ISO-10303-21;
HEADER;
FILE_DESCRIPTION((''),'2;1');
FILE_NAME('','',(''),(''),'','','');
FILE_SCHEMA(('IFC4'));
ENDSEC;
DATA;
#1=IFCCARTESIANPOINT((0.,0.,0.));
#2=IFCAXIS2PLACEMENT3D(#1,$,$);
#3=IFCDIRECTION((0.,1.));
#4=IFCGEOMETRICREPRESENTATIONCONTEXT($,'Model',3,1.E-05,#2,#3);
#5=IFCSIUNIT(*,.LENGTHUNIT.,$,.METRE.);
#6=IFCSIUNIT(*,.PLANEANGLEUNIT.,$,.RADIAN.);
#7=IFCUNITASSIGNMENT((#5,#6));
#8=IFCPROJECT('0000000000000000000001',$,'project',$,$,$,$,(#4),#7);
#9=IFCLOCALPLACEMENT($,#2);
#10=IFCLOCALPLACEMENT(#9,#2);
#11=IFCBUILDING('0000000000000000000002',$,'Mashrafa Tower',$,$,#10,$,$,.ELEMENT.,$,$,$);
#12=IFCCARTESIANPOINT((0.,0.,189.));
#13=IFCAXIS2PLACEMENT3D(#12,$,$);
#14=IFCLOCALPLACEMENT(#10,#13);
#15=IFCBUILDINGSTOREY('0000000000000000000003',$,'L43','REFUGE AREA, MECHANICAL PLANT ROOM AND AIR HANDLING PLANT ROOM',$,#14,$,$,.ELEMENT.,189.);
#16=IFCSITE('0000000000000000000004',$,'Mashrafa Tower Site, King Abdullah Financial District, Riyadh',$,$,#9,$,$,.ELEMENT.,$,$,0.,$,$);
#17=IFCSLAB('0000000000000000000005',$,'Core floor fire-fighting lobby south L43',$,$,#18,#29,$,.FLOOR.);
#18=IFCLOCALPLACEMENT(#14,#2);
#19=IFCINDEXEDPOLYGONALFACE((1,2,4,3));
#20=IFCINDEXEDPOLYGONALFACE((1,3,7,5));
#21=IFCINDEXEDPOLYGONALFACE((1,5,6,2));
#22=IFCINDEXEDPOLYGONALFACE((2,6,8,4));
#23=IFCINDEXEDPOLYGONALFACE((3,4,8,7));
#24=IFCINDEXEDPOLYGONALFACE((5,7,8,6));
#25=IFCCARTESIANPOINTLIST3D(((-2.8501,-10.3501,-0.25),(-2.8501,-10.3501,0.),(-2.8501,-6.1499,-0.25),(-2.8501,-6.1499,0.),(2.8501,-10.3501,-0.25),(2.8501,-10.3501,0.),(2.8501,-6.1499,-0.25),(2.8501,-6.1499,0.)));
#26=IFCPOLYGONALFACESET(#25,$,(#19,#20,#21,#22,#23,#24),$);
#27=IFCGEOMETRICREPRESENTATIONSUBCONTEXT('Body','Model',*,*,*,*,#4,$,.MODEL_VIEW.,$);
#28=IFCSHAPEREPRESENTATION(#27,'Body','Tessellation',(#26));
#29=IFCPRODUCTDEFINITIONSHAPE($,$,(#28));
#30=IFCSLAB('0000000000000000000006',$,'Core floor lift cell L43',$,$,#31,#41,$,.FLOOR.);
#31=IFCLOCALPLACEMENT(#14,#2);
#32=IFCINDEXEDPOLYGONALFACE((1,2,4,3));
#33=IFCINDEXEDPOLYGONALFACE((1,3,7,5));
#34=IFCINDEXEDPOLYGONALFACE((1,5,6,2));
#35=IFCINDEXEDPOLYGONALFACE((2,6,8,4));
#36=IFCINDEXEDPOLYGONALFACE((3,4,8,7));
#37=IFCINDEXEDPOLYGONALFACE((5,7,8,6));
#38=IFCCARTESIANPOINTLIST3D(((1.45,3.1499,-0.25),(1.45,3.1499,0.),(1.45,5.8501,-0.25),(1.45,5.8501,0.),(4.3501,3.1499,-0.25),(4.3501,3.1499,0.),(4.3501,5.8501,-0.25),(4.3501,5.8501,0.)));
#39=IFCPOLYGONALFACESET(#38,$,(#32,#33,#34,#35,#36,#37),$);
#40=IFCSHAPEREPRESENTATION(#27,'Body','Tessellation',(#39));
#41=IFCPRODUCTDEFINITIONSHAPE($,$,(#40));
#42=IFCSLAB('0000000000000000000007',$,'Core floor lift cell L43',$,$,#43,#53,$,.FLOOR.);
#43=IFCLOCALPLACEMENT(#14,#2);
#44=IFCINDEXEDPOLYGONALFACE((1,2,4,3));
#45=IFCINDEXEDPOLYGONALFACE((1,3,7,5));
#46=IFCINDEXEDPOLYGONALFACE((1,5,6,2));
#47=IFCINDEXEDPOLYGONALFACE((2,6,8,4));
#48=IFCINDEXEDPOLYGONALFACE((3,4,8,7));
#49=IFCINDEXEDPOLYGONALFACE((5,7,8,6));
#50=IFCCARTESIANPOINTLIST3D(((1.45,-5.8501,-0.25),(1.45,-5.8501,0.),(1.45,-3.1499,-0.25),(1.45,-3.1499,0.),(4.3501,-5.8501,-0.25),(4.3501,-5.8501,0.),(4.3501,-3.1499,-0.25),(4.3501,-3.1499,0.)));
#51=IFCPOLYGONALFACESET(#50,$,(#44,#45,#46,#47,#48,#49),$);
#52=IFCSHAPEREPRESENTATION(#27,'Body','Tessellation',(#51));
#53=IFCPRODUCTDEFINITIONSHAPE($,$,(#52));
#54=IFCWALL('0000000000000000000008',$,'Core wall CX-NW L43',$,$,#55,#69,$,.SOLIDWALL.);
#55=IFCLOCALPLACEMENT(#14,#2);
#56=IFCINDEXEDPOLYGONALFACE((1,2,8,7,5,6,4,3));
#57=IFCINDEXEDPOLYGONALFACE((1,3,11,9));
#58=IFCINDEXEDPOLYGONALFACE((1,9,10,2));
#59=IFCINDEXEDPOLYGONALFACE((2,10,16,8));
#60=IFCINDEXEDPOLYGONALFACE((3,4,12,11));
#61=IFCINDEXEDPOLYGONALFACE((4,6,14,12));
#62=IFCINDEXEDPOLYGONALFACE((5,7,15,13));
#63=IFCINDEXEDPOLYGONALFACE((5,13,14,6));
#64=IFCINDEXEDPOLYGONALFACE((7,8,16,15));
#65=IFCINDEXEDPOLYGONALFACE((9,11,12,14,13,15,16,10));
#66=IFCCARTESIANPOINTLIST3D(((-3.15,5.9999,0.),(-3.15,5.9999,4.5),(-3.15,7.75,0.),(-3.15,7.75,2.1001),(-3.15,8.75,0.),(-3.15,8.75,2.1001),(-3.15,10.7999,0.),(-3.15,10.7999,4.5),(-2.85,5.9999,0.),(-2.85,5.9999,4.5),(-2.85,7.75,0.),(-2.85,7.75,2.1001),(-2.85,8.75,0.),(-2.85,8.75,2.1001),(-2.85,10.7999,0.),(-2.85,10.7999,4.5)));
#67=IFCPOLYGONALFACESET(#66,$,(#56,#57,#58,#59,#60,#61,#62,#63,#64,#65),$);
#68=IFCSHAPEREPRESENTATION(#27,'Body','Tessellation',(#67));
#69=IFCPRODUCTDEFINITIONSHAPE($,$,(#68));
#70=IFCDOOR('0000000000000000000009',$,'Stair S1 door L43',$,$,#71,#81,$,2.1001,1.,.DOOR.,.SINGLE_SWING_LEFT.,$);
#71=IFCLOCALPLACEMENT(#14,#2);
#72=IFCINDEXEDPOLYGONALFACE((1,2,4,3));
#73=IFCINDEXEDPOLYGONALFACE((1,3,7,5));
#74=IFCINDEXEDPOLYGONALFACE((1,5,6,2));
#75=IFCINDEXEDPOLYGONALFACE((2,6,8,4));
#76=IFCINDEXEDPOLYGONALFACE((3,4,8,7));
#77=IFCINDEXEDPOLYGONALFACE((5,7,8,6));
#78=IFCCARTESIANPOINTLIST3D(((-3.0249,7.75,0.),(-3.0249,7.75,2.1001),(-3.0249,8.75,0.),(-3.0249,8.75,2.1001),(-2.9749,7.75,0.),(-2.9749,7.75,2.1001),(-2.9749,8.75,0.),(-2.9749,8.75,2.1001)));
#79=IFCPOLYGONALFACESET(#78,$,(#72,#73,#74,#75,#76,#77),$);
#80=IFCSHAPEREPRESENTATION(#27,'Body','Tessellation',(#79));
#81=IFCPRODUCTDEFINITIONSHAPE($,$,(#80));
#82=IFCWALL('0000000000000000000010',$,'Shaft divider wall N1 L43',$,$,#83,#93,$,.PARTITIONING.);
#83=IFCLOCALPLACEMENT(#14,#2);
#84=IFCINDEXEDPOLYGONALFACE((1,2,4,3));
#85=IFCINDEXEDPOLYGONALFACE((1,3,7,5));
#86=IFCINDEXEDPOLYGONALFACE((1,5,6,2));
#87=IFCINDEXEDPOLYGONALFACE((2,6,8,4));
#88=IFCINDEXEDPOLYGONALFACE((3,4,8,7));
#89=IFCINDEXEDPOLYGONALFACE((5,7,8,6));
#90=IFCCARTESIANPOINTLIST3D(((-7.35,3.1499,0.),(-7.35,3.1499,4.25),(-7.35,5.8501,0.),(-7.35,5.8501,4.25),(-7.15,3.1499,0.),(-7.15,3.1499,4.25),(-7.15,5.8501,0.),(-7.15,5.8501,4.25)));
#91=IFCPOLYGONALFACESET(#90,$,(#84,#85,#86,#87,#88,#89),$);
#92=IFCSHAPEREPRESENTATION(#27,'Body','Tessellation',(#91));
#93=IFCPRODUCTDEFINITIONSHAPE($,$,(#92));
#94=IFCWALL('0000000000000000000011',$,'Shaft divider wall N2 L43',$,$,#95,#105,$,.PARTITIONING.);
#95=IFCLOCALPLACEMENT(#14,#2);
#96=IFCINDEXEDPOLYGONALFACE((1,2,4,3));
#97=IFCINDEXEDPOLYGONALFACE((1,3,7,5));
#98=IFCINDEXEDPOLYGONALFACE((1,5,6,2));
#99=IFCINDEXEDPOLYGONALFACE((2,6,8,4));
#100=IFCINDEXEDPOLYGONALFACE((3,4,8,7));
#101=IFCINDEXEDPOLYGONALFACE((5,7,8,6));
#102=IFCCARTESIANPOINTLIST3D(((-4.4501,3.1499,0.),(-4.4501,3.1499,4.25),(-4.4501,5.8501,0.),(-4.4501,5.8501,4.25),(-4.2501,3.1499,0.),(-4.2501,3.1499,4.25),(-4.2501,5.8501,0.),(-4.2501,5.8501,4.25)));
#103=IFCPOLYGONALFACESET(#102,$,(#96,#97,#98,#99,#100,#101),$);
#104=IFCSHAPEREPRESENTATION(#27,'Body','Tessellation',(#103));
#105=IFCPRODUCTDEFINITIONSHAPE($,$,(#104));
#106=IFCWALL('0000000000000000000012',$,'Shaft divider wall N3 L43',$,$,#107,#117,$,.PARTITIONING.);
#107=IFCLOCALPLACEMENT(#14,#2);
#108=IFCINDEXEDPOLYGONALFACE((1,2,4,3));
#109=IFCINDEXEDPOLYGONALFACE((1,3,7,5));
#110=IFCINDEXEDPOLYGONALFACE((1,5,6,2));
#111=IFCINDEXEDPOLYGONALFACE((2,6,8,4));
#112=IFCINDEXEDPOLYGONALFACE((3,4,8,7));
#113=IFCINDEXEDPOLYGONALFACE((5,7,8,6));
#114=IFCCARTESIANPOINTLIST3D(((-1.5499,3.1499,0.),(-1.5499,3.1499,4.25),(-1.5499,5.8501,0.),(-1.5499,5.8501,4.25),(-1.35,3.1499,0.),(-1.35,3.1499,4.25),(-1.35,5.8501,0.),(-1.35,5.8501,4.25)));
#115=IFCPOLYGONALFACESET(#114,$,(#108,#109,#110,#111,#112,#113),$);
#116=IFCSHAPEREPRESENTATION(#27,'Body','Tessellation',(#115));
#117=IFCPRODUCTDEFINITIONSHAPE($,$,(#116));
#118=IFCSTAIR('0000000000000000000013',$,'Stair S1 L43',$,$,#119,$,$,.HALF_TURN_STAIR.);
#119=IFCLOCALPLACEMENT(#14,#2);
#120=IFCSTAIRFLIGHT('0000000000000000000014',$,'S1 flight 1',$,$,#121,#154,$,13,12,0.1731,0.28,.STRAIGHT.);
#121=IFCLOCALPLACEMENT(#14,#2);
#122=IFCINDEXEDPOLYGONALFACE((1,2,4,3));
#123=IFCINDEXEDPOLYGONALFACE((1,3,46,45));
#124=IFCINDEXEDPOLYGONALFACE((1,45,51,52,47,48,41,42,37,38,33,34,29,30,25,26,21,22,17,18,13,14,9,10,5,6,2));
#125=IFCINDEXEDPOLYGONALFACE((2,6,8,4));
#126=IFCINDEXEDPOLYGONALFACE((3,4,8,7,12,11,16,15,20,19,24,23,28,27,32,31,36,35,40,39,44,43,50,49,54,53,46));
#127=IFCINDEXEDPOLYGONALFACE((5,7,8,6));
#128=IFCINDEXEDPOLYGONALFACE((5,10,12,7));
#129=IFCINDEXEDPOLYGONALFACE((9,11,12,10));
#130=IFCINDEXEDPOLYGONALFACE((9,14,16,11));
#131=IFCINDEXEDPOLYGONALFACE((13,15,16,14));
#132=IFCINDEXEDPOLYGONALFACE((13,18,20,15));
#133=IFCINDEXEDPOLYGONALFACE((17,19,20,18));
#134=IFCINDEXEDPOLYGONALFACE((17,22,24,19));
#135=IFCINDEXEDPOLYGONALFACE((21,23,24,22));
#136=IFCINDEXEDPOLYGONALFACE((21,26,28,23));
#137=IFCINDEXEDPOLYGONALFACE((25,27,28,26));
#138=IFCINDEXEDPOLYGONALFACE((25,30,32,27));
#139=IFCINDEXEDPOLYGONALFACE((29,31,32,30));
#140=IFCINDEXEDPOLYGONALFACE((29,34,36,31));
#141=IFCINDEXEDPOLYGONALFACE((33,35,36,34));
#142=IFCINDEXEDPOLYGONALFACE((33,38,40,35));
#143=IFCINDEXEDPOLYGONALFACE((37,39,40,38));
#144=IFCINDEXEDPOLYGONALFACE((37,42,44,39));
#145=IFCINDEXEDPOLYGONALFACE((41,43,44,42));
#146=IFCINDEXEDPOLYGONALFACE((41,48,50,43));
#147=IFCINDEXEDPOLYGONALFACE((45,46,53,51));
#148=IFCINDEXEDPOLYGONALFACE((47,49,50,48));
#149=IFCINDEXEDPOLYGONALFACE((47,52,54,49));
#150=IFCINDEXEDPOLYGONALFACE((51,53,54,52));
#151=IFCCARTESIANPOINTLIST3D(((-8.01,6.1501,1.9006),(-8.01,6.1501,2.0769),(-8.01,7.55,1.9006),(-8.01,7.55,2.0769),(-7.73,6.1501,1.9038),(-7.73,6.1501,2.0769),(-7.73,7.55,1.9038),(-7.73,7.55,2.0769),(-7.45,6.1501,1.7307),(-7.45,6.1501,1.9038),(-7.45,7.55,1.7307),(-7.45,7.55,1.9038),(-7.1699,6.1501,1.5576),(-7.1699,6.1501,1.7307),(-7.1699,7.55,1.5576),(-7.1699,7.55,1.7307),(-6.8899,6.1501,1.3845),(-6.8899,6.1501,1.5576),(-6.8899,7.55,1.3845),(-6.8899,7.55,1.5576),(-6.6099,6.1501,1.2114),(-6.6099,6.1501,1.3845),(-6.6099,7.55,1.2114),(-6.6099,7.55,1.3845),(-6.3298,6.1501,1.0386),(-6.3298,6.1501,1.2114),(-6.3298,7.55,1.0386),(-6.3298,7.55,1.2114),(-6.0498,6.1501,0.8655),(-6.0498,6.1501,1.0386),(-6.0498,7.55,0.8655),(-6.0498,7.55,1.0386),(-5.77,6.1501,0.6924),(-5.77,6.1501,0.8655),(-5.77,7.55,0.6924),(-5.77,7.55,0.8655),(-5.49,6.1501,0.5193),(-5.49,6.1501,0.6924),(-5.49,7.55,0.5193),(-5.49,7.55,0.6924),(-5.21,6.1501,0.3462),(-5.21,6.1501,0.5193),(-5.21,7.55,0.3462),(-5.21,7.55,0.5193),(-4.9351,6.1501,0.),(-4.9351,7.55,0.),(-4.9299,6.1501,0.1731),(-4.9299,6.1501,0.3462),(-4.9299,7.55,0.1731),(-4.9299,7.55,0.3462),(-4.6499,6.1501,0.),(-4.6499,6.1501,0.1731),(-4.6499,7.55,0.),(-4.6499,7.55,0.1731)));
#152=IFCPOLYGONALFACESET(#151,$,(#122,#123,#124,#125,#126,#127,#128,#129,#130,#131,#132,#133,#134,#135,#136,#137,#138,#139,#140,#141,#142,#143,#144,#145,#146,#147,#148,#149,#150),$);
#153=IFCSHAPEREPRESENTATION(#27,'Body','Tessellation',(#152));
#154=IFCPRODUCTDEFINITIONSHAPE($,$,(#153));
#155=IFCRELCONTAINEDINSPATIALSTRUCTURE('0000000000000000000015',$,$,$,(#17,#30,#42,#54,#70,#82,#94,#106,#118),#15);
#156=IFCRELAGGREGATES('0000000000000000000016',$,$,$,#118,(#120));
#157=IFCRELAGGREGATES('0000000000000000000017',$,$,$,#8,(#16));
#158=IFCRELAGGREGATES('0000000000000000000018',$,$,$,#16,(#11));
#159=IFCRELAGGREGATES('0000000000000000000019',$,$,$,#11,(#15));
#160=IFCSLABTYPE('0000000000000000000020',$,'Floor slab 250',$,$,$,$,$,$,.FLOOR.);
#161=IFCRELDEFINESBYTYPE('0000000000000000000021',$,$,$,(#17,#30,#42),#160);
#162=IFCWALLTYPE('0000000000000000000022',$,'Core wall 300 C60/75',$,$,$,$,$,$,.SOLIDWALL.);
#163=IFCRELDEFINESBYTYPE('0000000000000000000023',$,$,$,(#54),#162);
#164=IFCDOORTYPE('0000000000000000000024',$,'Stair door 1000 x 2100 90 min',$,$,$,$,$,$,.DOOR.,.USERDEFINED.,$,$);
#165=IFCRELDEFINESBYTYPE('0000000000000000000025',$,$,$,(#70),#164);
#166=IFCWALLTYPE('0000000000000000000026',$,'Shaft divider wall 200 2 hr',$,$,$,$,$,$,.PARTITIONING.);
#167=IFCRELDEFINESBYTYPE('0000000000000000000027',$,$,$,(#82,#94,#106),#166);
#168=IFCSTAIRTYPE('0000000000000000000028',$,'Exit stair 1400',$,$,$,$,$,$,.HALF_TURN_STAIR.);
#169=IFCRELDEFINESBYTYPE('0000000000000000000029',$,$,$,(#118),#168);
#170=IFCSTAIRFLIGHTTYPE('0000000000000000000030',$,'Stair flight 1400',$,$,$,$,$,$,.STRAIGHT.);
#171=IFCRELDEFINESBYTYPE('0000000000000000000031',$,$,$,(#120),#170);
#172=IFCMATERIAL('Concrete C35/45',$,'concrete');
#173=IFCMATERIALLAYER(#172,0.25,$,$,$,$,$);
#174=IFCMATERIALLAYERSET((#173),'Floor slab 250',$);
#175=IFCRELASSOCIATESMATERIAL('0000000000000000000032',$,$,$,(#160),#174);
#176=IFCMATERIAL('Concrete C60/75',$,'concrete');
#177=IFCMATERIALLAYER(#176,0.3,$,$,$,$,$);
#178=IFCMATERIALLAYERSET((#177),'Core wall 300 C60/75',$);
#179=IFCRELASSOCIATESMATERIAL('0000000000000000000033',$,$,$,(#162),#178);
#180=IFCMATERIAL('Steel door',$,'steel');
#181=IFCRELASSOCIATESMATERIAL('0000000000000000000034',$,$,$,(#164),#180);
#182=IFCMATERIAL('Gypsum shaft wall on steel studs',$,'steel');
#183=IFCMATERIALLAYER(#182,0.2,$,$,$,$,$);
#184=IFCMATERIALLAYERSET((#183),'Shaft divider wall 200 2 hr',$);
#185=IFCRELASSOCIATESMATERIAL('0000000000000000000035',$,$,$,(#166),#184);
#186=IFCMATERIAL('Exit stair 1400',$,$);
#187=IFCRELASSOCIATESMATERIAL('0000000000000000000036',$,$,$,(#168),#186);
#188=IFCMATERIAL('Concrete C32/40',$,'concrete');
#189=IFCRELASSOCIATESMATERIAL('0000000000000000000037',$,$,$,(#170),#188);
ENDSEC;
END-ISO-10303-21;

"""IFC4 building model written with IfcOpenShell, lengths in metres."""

from ifc_helpers import new_model, si_unit, direction, frame, frame_2d, origin, place, context, subcontext, project, spatial, polyline, rectangle, outline, extrude, material, layer, layer_set, type_object, element, fill, aggregate, save


model = new_model("IFC4")

# Units and contexts
model_context = context("Model", 3, precision=1e-05, world=origin(), true_north=direction((0.0, 1.0)))
body_context = subcontext(model_context, "Body", "Model", "MODEL_VIEW")
ifc_project = project(units=[si_unit("LENGTHUNIT", "METRE"), si_unit("PLANEANGLEUNIT", "RADIAN")], contexts=[model_context])

# Site, building, storey
site_placement = place(None, origin())
site = spatial("IfcSite", under=ifc_project, at=site_placement, Name="Mashrafa Tower Site, King Abdullah Financial District, Riyadh", CompositionType="ELEMENT", RefElevation=0.0)
building_placement = place(site_placement, origin())
building = spatial("IfcBuilding", under=site, at=building_placement, Name="Mashrafa Tower", CompositionType="ELEMENT")
storey_placement = place(building_placement, frame((0.0, 0.0, 189.0)))
storey = spatial("IfcBuildingStorey", under=building, at=storey_placement, Name="L43", Description="REFUGE AREA, MECHANICAL PLANT ROOM AND AIR HANDLING PLANT ROOM", CompositionType="ELEMENT", Elevation=189.0)

# Slabs
ifc_material_1 = material(Name="Concrete C35/45", Category="concrete")
ifc_layer_1 = layer(ifc_material_1, 0.25)
ifc_layer_set_1 = layer_set([ifc_layer_1], Name="Floor slab 250")
slab_type = type_object("IfcSlabType", Name="Floor slab 250", PredefinedType="FLOOR", material=ifc_layer_set_1)
slab_1_placement = place(storey_placement, frame((0.0, 0.0, -0.25)))
element("IfcSlab", 1, at=slab_1_placement, inside=storey, type_object=slab_type, Name="Core floor fire-fighting lobby south L43", PredefinedType="FLOOR", context=body_context, shape_type="SweptSolid", body=[
    extrude(outline(polyline([(2.8501, -6.1499), (2.8501, -10.3501), (-2.8501, -10.3501), (-2.8501, -6.1499), (2.8501, -6.1499)])), origin(), (0.0, 0.0, 1.0), 0.25),
])
slab_2_placement = place(storey_placement, frame((0.0, 0.0, -0.25)))
element("IfcSlab", 2, at=slab_2_placement, inside=storey, type_object=slab_type, Name="Core floor lift cell L43", PredefinedType="FLOOR", context=body_context, shape_type="SweptSolid", body=[
    extrude(outline(polyline([(4.3501, 5.8501), (4.3501, 3.1499), (1.45, 3.1499), (1.45, 5.8501), (4.3501, 5.8501)])), origin(), (0.0, 0.0, 1.0), 0.25),
])
slab_3_placement = place(storey_placement, frame((0.0, 0.0, -0.25)))
element("IfcSlab", 3, at=slab_3_placement, inside=storey, type_object=slab_type, Name="Core floor lift cell L43", PredefinedType="FLOOR", context=body_context, shape_type="SweptSolid", body=[
    extrude(outline(polyline([(4.3501, -3.1499), (4.3501, -5.8501), (1.45, -5.8501), (1.45, -3.1499), (4.3501, -3.1499)])), origin(), (0.0, 0.0, 1.0), 0.25),
])

# Wall, opening, door
ifc_material_2 = material(Name="Concrete C60/75", Category="concrete")
ifc_layer_2 = layer(ifc_material_2, 0.3)
ifc_layer_set_2 = layer_set([ifc_layer_2], Name="Core wall 300 C60/75")
wall_type_1 = type_object("IfcWallType", Name="Core wall 300 C60/75", PredefinedType="SOLIDWALL", material=ifc_layer_set_2)
wall_placement = place(storey_placement, frame((-3.0, 6.0, 0.0), z_axis=(0.0, 0.0, 1.0), x_axis=(0.0, 1.0, 0.0)))
wall = element("IfcWall", 4, at=wall_placement, inside=storey, type_object=wall_type_1, Name="Core wall CX-NW L43", PredefinedType="SOLIDWALL", context=body_context, shape_type="SweptSolid", body=[
    extrude(rectangle(XDim=4.8, YDim=0.3, at=frame_2d((2.3999, 0.0))), origin(), (0.0, 0.0, 1.0), 4.5),
])
opening_placement = place(wall_placement, frame((1.75, 0.0, 0.0)))
opening = element("IfcOpeningElement", 5, at=opening_placement, cuts=wall, PredefinedType="OPENING", context=body_context, shape_type="SweptSolid", body=[
    extrude(rectangle(XDim=1.0, YDim=2.1001, at=frame_2d((0.5, 1.05))), frame((0.0, 0.1599, 0.0), z_axis=(0.0, -1.0, 0.0), x_axis=(1.0, 0.0, 0.0)), (0.0, 0.0, 1.0), 0.3201),
])
ifc_material_3 = material(Name="Steel door", Category="steel")
door_type = type_object("IfcDoorType", Name="Stair door 1000 x 2100 90 min", OperationType="USERDEFINED", PredefinedType="DOOR", material=ifc_material_3)
door_placement = place(opening_placement, origin())
door = element("IfcDoor", 6, at=door_placement, inside=storey, type_object=door_type, Name="Stair S1 door L43", OperationType="SINGLE_SWING_LEFT", OverallHeight=2.1001, OverallWidth=1.0, PredefinedType="DOOR", context=body_context, shape_type="SweptSolid", body=[
    extrude(rectangle(XDim=1.0, YDim=2.1001, at=frame_2d((0.5, 1.05))), frame((0.0, 0.0249, 0.0), z_axis=(0.0, -1.0, 0.0), x_axis=(1.0, 0.0, 0.0)), (0.0, 0.0, 1.0), 0.05),
])
fill(opening, door)

# Walls
ifc_material_4 = material(Name="Gypsum shaft wall on steel studs", Category="steel")
ifc_layer_3 = layer(ifc_material_4, 0.2)
ifc_layer_set_3 = layer_set([ifc_layer_3], Name="Shaft divider wall 200 2 hr")
wall_type_2 = type_object("IfcWallType", Name="Shaft divider wall 200 2 hr", PredefinedType="PARTITIONING", material=ifc_layer_set_3)
for number, where, z_axis, x_axis, name in (
    (7, (-7.25, 3.1499, 0.0), (0.0, 0.0, 1.0), (0.0, 1.0, 0.0), "Shaft divider wall N1 L43"),
    (8, (-4.3501, 3.1499, 0.0), (0.0, 0.0, 1.0), (0.0, 1.0, 0.0), "Shaft divider wall N2 L43"),
    (9, (-1.45, 3.1499, 0.0), (0.0, 0.0, 1.0), (0.0, 1.0, 0.0), "Shaft divider wall N3 L43"),
):
    element("IfcWall", number, at=place(storey_placement, frame(where, z_axis=z_axis, x_axis=x_axis)), inside=storey, type_object=wall_type_2, Name=name, PredefinedType="PARTITIONING", context=body_context, shape_type="SweptSolid", body=[
        extrude(rectangle(XDim=2.7002, YDim=0.2, at=frame_2d((1.3501, 0.0))), origin(), (0.0, 0.0, 1.0), 4.25),
    ])

# Stair, stair flight
ifc_material_5 = material(Name="Exit stair 1400")
stair_type = type_object("IfcStairType", Name="Exit stair 1400", PredefinedType="HALF_TURN_STAIR", material=ifc_material_5)
stair_placement = place(storey_placement, origin())
stair = element("IfcStair", 10, at=stair_placement, inside=storey, type_object=stair_type, Name="Stair S1 L43", PredefinedType="HALF_TURN_STAIR")
ifc_material_6 = material(Name="Concrete C32/40", Category="concrete")
stair_flight_type = type_object("IfcStairFlightType", Name="Stair flight 1400", PredefinedType="STRAIGHT", material=ifc_material_6)
stair_flight_1_placement = place(storey_placement, frame((-4.6499, 6.8501, 0.0), z_axis=(0.0, 0.0, 1.0), x_axis=(-1.0, 0.0, 0.0)))
stair_flight_1 = element("IfcStairFlight", 11, at=stair_flight_1_placement, type_object=stair_flight_type, Name="S1 flight 1", NumberOfRisers=13, NumberOfTreads=12, PredefinedType="STRAIGHT", RiserHeight=0.1731, TreadLength=0.28, context=body_context, shape_type="SweptSolid", body=[
    extrude(outline(polyline([(0.0, 0.0), (0.0, 0.1731), (0.28, 0.1731), (0.28, 0.3462), (0.5601, 0.3462), (0.5601, 0.5193), (0.8401, 0.5193), (0.8401, 0.6924), (1.1201, 0.6924), (1.1201, 0.8655), (1.3999, 0.8655), (1.3999, 1.0386), (1.6799, 1.0386), (1.6799, 1.2114), (1.96, 1.2114), (1.96, 1.3845), (2.24, 1.3845), (2.24, 1.5576), (2.52, 1.5576), (2.52, 1.7307), (2.8, 1.7307), (2.8, 1.9038), (3.0801, 1.9038), (3.0801, 2.0769), (3.3601, 2.0769), (3.3601, 2.25), (3.3601, 1.9006), (0.2852, 0.0), (0.0, 0.0)])), frame((0.0, 0.7, 0.0), z_axis=(0.0, -1.0, 0.0), x_axis=(1.0, 0.0, 0.0)), (0.0, 0.0, 1.0), 1.3999),
])
aggregate(stair, [stair_flight_1])

save(model, "model.ifc")
